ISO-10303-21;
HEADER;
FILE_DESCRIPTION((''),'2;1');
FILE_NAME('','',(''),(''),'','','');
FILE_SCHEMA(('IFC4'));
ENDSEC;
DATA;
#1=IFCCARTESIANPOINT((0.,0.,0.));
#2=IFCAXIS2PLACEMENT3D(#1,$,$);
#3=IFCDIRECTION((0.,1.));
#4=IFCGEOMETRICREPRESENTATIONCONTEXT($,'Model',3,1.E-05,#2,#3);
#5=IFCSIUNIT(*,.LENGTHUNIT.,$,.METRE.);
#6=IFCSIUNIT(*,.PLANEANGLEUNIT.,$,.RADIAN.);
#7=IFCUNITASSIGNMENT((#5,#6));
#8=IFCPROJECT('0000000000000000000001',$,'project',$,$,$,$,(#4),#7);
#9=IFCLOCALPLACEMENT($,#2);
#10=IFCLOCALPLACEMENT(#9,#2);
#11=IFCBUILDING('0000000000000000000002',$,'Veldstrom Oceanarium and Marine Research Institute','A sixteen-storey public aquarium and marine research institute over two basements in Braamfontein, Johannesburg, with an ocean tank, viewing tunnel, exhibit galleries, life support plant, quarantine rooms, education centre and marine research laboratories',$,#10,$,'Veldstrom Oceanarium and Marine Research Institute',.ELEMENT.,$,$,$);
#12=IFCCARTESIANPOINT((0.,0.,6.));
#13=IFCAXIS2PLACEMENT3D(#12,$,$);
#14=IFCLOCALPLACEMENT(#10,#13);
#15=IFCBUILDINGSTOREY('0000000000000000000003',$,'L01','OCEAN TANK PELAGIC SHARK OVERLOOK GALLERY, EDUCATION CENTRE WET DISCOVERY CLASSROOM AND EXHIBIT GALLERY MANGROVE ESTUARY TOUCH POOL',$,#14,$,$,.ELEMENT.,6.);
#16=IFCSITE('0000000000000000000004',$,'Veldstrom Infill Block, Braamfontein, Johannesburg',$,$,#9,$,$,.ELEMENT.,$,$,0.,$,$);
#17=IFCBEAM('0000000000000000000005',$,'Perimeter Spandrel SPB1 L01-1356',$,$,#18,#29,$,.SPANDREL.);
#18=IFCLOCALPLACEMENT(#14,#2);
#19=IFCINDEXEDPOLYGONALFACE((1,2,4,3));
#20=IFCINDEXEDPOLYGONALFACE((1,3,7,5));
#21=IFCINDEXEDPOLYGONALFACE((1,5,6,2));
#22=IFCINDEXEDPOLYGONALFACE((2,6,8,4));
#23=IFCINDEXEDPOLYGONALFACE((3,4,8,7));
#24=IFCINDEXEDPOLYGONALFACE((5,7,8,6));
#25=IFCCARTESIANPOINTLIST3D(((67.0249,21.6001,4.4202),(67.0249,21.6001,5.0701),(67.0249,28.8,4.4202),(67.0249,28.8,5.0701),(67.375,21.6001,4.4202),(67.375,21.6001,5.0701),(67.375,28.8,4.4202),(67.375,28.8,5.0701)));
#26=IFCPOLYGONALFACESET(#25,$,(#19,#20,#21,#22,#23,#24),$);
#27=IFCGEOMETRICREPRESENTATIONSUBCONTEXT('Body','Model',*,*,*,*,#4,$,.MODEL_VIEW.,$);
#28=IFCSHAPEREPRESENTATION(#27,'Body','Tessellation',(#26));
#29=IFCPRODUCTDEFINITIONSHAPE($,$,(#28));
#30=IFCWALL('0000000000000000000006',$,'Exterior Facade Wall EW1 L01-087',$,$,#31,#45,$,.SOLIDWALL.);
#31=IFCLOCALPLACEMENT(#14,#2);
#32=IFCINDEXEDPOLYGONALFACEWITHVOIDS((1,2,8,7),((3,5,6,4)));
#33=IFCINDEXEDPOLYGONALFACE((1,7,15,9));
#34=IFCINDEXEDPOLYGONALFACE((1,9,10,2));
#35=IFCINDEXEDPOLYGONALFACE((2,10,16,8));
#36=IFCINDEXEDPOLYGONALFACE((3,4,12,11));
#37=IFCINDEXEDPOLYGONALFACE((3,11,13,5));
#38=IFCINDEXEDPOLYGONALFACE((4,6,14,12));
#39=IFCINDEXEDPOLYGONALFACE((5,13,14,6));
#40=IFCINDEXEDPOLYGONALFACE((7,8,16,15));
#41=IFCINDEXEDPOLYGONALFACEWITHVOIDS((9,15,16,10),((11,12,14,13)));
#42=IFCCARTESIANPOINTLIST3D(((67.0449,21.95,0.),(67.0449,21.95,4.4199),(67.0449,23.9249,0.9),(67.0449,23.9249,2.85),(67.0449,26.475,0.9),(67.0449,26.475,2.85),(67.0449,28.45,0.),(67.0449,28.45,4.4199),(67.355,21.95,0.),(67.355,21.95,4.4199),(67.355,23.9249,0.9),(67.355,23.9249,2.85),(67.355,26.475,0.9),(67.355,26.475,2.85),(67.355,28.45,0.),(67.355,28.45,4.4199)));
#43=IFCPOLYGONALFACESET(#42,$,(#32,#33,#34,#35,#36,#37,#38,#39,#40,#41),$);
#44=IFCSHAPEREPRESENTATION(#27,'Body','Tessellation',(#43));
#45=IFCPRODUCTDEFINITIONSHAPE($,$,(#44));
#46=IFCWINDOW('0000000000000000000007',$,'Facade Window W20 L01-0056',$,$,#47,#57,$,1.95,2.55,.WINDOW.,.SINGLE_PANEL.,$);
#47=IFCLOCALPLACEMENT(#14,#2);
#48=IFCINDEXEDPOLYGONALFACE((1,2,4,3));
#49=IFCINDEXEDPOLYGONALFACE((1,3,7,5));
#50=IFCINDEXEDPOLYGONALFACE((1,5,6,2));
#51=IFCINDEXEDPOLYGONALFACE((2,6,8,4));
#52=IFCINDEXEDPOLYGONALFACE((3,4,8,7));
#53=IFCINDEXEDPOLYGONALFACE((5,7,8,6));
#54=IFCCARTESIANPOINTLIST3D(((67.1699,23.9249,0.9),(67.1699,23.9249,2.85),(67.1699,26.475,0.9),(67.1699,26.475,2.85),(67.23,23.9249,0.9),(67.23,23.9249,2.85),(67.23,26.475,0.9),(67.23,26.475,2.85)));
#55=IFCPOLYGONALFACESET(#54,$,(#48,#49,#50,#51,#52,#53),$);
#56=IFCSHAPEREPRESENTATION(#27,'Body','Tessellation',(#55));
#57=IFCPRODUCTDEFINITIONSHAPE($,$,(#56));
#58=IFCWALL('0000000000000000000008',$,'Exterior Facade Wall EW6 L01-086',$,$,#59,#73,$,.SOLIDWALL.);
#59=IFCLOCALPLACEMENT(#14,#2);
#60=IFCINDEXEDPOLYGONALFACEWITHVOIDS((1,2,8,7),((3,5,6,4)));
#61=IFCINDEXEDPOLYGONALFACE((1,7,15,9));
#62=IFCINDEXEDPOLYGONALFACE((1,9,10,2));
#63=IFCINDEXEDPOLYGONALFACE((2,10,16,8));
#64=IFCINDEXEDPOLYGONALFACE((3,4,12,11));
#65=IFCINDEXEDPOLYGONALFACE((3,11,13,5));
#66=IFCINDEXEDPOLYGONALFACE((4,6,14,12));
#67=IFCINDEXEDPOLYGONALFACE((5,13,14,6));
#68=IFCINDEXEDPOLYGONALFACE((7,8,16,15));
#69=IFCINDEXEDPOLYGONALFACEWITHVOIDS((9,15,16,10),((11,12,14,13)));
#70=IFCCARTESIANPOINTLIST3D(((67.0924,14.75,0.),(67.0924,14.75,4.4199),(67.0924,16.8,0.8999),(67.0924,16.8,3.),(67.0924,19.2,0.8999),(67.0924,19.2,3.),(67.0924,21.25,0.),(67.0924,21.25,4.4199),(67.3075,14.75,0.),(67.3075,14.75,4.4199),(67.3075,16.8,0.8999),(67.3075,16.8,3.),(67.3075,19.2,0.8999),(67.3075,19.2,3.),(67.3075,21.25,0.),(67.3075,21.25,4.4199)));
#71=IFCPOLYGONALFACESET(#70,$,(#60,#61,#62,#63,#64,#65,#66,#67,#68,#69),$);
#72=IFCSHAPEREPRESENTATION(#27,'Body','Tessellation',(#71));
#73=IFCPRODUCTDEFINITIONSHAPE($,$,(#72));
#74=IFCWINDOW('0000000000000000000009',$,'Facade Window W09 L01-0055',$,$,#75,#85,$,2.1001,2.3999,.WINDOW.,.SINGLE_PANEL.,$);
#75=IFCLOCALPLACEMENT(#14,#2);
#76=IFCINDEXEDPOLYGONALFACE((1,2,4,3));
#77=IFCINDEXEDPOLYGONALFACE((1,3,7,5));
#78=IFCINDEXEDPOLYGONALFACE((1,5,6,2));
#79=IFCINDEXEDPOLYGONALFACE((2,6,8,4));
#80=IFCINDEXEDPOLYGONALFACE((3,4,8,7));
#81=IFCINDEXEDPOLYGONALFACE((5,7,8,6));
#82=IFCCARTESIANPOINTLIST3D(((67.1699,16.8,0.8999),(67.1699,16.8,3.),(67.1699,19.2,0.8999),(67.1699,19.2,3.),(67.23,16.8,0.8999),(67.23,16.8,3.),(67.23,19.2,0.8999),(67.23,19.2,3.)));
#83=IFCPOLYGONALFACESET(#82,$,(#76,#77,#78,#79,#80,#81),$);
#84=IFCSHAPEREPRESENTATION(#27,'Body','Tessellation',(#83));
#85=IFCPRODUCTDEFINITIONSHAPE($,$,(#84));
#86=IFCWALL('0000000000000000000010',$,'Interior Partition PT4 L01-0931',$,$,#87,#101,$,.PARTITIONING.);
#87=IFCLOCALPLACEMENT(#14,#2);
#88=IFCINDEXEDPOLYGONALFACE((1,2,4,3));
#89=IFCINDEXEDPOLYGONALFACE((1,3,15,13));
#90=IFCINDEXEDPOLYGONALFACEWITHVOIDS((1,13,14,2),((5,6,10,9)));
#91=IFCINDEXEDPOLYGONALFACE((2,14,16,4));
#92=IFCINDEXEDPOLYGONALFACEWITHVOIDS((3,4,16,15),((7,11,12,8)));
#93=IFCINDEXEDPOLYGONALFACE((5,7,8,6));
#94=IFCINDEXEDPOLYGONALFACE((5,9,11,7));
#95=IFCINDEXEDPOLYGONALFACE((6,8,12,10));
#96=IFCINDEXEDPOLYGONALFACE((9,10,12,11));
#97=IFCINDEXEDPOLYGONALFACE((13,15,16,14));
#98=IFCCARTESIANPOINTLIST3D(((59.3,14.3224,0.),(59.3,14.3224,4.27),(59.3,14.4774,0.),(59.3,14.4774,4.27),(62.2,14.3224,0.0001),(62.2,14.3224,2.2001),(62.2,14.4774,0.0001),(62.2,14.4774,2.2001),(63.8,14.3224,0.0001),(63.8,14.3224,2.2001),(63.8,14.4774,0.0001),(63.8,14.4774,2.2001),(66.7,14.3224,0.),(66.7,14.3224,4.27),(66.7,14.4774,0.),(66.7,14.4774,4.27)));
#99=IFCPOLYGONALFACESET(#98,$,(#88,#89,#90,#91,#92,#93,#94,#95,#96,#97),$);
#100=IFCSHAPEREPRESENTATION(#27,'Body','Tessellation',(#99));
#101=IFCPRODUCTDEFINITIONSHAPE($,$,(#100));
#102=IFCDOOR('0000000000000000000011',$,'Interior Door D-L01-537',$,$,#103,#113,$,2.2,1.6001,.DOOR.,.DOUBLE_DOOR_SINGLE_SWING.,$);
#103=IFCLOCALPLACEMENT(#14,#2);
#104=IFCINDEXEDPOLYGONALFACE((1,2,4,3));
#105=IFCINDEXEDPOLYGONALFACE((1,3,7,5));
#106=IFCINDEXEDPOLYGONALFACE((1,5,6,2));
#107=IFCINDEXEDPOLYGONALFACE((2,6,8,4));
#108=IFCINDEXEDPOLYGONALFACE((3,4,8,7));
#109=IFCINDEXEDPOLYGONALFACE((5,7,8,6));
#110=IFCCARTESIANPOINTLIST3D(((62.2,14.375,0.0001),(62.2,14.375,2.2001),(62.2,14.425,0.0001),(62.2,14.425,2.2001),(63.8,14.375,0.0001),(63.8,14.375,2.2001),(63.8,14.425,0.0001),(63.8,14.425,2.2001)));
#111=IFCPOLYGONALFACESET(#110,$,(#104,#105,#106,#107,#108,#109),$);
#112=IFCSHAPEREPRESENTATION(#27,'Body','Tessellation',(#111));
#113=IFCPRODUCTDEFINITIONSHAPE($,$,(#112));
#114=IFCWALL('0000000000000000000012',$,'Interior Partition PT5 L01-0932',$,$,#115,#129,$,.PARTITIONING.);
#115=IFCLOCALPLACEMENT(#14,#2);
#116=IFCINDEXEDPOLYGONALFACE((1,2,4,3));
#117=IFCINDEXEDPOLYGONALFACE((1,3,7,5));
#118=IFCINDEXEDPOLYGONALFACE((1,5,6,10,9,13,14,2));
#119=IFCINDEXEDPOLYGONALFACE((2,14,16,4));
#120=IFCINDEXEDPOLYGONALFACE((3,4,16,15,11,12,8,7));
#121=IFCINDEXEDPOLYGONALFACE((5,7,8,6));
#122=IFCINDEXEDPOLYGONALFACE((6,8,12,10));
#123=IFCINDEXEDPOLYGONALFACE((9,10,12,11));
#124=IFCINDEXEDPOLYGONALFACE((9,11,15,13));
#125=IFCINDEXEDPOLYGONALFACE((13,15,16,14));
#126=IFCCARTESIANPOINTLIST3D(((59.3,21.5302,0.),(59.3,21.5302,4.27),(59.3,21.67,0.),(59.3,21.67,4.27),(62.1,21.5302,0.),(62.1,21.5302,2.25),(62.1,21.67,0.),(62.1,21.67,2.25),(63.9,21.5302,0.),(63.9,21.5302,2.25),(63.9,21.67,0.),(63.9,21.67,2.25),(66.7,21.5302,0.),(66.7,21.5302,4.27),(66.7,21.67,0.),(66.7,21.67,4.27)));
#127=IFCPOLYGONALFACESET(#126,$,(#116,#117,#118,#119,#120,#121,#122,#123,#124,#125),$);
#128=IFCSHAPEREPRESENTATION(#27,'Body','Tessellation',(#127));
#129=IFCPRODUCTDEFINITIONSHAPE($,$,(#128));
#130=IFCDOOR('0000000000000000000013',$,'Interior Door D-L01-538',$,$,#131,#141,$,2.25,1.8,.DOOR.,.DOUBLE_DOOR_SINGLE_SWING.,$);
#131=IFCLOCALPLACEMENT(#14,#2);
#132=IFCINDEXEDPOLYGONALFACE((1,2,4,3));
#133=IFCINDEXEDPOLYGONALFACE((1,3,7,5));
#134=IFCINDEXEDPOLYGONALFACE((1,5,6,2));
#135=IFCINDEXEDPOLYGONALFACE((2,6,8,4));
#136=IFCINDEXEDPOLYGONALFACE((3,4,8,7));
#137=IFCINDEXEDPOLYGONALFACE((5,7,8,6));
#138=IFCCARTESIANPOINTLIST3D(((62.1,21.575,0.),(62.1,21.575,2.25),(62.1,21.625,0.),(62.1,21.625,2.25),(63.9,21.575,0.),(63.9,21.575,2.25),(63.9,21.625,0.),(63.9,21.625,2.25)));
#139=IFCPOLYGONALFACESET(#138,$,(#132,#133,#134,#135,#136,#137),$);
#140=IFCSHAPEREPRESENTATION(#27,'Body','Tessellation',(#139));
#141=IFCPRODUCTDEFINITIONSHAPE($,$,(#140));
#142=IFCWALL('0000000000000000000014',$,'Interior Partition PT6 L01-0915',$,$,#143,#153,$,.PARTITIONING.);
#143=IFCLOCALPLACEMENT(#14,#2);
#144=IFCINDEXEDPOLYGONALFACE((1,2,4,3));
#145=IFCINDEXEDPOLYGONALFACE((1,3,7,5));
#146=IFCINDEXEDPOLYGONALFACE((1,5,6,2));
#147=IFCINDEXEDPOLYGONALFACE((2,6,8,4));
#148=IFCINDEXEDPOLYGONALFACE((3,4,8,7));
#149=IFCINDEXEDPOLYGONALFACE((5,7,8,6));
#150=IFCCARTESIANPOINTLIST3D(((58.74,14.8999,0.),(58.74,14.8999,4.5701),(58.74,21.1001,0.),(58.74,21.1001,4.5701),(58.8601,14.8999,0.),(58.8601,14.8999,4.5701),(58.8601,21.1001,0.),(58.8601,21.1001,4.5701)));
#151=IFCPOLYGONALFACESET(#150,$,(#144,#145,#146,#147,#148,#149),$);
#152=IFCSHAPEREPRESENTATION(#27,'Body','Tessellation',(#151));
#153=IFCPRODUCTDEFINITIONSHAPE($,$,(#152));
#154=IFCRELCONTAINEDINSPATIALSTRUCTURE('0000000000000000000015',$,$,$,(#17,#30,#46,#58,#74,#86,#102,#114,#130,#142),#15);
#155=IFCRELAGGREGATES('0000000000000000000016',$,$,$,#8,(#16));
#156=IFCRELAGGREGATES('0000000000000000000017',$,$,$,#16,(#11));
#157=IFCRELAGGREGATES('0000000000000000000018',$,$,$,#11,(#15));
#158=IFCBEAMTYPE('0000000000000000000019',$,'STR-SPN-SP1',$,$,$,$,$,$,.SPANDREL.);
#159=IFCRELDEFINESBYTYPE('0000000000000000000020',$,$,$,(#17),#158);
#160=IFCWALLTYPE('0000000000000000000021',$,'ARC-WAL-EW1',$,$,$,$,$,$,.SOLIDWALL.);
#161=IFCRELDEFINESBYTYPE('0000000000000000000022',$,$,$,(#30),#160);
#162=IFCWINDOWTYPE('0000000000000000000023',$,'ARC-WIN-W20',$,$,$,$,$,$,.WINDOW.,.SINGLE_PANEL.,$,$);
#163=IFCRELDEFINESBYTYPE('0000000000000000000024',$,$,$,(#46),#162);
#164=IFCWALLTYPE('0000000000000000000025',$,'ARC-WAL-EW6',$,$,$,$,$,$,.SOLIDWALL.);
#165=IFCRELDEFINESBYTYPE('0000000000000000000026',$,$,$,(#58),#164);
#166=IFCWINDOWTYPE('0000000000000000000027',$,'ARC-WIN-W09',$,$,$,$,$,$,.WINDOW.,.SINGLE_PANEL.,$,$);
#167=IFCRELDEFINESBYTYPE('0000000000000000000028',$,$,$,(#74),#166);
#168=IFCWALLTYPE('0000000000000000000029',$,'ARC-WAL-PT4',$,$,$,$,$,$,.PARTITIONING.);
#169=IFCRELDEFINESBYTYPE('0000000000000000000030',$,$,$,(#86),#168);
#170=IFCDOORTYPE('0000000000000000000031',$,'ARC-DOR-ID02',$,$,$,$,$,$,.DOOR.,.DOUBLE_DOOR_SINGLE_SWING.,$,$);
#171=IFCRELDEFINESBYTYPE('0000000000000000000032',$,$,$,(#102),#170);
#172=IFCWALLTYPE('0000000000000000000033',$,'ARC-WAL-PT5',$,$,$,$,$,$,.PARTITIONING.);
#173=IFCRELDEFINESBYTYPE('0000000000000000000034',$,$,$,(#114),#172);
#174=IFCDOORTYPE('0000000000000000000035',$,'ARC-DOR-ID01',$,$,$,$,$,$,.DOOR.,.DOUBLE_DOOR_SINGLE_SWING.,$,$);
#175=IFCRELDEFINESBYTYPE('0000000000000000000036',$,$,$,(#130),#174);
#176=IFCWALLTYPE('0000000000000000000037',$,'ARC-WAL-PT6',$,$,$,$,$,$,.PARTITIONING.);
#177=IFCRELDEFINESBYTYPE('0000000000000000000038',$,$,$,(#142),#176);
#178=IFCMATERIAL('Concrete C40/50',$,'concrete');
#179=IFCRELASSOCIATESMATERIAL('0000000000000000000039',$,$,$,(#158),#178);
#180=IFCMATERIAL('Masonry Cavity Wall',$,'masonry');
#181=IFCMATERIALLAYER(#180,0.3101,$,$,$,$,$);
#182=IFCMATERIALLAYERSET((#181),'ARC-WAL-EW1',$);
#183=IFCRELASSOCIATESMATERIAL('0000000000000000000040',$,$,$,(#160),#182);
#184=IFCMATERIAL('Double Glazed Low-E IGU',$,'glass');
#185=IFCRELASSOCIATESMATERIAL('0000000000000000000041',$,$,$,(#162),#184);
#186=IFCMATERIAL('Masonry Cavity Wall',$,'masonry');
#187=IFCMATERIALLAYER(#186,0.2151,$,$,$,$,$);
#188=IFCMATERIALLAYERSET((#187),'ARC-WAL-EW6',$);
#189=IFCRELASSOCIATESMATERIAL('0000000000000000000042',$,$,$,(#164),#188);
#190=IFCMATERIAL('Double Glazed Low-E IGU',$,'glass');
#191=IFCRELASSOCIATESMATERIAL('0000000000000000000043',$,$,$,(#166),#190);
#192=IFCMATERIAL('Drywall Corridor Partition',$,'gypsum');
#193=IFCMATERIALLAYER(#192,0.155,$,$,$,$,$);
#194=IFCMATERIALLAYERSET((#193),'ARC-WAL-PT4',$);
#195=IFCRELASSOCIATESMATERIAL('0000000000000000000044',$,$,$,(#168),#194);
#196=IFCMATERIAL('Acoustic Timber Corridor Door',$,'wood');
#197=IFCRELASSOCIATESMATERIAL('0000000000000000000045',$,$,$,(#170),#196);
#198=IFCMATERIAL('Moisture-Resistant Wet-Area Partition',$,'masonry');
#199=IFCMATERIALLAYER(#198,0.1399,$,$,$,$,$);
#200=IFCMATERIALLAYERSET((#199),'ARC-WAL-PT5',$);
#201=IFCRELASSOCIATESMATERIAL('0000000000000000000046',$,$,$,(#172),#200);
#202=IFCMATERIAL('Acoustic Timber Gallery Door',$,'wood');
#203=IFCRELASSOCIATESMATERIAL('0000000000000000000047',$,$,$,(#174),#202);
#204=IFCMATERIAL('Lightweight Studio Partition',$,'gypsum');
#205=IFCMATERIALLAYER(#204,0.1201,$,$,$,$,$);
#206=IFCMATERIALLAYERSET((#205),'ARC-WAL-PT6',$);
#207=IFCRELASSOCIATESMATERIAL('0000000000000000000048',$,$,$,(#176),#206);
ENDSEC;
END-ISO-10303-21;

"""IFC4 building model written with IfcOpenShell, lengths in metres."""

from ifc_helpers import new_model, si_unit, direction, frame, frame_2d, origin, origin_2d, place, context, subcontext, project, spatial, rectangle, extrude, material, layer, layer_set, material_profile, profile_set, type_object, element, fill, save


model = new_model("IFC4")

# Units and contexts
model_context = context("Model", 3, precision=1e-05, world=origin(), true_north=direction((0.0, 1.0)))
body_context = subcontext(model_context, "Body", "Model", "MODEL_VIEW")
ifc_project = project(units=[si_unit("LENGTHUNIT", "METRE"), si_unit("PLANEANGLEUNIT", "RADIAN")], contexts=[model_context])

# Site, building, storey
site_placement = place(None, origin())
site = spatial("IfcSite", under=ifc_project, at=site_placement, Name="Veldstrom Infill Block, Braamfontein, Johannesburg", CompositionType="ELEMENT", RefElevation=0.0)
building_placement = place(site_placement, origin())
building = spatial("IfcBuilding", under=site, at=building_placement, Name="Veldstrom Oceanarium and Marine Research Institute", Description="A sixteen-storey public aquarium and marine research institute over two basements in Braamfontein, Johannesburg, with an ocean tank, viewing tunnel, exhibit galleries, life support plant, quarantine rooms, education centre and marine research laboratories", LongName="Veldstrom Oceanarium and Marine Research Institute", CompositionType="ELEMENT")
storey_placement = place(building_placement, frame((0.0, 0.0, 6.0)))
storey = spatial("IfcBuildingStorey", under=building, at=storey_placement, Name="L01", Description="OCEAN TANK PELAGIC SHARK OVERLOOK GALLERY, EDUCATION CENTRE WET DISCOVERY CLASSROOM AND EXHIBIT GALLERY MANGROVE ESTUARY TOUCH POOL", CompositionType="ELEMENT", Elevation=6.0)

# Beam
ifc_material_1 = material(Name="Concrete C40/50", Category="concrete")
ifc_material_profile_1 = material_profile(ifc_material_1, rectangle(XDim=0.3501, YDim=0.6499, at=origin_2d()), Name="RC-SPN-350x650")
ifc_profile_set_1 = profile_set([ifc_material_profile_1], Name="Concrete C40/50")
beam_type_1 = type_object("IfcBeamType", Name="STR-SPN-SP1", PredefinedType="SPANDREL", material=ifc_profile_set_1)
beam_1_placement = place(storey_placement, frame((67.2, 21.6001, 4.7451), z_axis=(0.0, 1.0, 0.0), x_axis=(-1.0, 0.0, 0.0)))
element("IfcBeam", 1, at=beam_1_placement, inside=storey, type_object=beam_type_1, Name="Perimeter Spandrel SPB1 L01-1356", PredefinedType="SPANDREL", context=body_context, shape_type="SweptSolid", body=[
    extrude(rectangle(XDim=0.3501, YDim=0.6499, at=origin_2d()), origin(), (0.0, 0.0, 1.0), 7.2),
])

# Walls, openings, windows
ifc_material_2 = material(Name="Masonry Cavity Wall", Category="masonry")
ifc_layer_1 = layer(ifc_material_2, 0.3101)
ifc_layer_set_1 = layer_set([ifc_layer_1], Name="ARC-WAL-EW1")
wall_type_1 = type_object("IfcWallType", Name="ARC-WAL-EW1", PredefinedType="SOLIDWALL", material=ifc_layer_set_1)
wall_1_placement = place(storey_placement, frame((67.2, 21.95, 0.0), z_axis=(0.0, 0.0, 1.0), x_axis=(0.0, 1.0, 0.0)))
wall_1 = element("IfcWall", 2, at=wall_1_placement, inside=storey, type_object=wall_type_1, Name="Exterior Facade Wall EW1 L01-087", PredefinedType="SOLIDWALL", context=body_context, shape_type="SweptSolid", body=[
    extrude(rectangle(XDim=6.5, YDim=0.3101, at=frame_2d((3.25, 0.0))), origin(), (0.0, 0.0, 1.0), 4.4199),
])
opening_1_placement = place(wall_1_placement, frame((1.9751, 0.0, 0.8999)))
opening_1 = element("IfcOpeningElement", 3, at=opening_1_placement, cuts=wall_1, PredefinedType="OPENING", context=body_context, shape_type="SweptSolid", body=[
    extrude(rectangle(XDim=2.55, YDim=1.95, at=frame_2d((1.2749, 0.9751))), frame((0.0, 0.165, 0.0), z_axis=(0.0, -1.0, 0.0), x_axis=(1.0, 0.0, 0.0)), (0.0, 0.0, 1.0), 0.3301),
])
ifc_material_3 = material(Name="Double Glazed Low-E IGU", Category="glass")
window_type_1 = type_object("IfcWindowType", Name="ARC-WIN-W20", PartitioningType="SINGLE_PANEL", PredefinedType="WINDOW", material=ifc_material_3)
window_1_placement = place(opening_1_placement, origin())
window_1 = element("IfcWindow", 4, at=window_1_placement, inside=storey, type_object=window_type_1, Name="Facade Window W20 L01-0056", OverallHeight=1.95, OverallWidth=2.55, PartitioningType="SINGLE_PANEL", PredefinedType="WINDOW", context=body_context, shape_type="SweptSolid", body=[
    extrude(rectangle(XDim=2.55, YDim=1.95, at=frame_2d((1.2749, 0.9751))), frame((0.0, 0.03, 0.0), z_axis=(0.0, -1.0, 0.0), x_axis=(1.0, 0.0, 0.0)), (0.0, 0.0, 1.0), 0.0601),
])
fill(opening_1, window_1)
ifc_material_4 = material(Name="Masonry Cavity Wall", Category="masonry")
ifc_layer_2 = layer(ifc_material_4, 0.2151)
ifc_layer_set_2 = layer_set([ifc_layer_2], Name="ARC-WAL-EW6")
wall_type_2 = type_object("IfcWallType", Name="ARC-WAL-EW6", PredefinedType="SOLIDWALL", material=ifc_layer_set_2)
wall_2_placement = place(storey_placement, frame((67.2, 14.75, 0.0), z_axis=(0.0, 0.0, 1.0), x_axis=(0.0, 1.0, 0.0)))
wall_2 = element("IfcWall", 5, at=wall_2_placement, inside=storey, type_object=wall_type_2, Name="Exterior Facade Wall EW6 L01-086", PredefinedType="SOLIDWALL", context=body_context, shape_type="SweptSolid", body=[
    extrude(rectangle(XDim=6.5, YDim=0.2151, at=frame_2d((3.25, 0.0))), origin(), (0.0, 0.0, 1.0), 4.4199),
])
opening_2_placement = place(wall_2_placement, frame((2.05, 0.0, 0.8999)))
opening_2 = element("IfcOpeningElement", 6, at=opening_2_placement, cuts=wall_2, PredefinedType="OPENING", context=body_context, shape_type="SweptSolid", body=[
    extrude(rectangle(XDim=2.3999, YDim=2.1001, at=frame_2d((1.2, 1.05))), frame((0.0, 0.1174, 0.0), z_axis=(0.0, -1.0, 0.0), x_axis=(1.0, 0.0, 0.0)), (0.0, 0.0, 1.0), 0.2351),
])
ifc_material_5 = material(Name="Double Glazed Low-E IGU", Category="glass")
window_type_2 = type_object("IfcWindowType", Name="ARC-WIN-W09", PartitioningType="SINGLE_PANEL", PredefinedType="WINDOW", material=ifc_material_5)
window_2_placement = place(opening_2_placement, origin())
window_2 = element("IfcWindow", 7, at=window_2_placement, inside=storey, type_object=window_type_2, Name="Facade Window W09 L01-0055", OverallHeight=2.1001, OverallWidth=2.3999, PartitioningType="SINGLE_PANEL", PredefinedType="WINDOW", context=body_context, shape_type="SweptSolid", body=[
    extrude(rectangle(XDim=2.3999, YDim=2.1001, at=frame_2d((1.2, 1.05))), frame((0.0, 0.03, 0.0), z_axis=(0.0, -1.0, 0.0), x_axis=(1.0, 0.0, 0.0)), (0.0, 0.0, 1.0), 0.0601),
])
fill(opening_2, window_2)

# Walls, openings, doors
ifc_material_6 = material(Name="Drywall Corridor Partition", Category="gypsum")
ifc_layer_3 = layer(ifc_material_6, 0.155)
ifc_layer_set_3 = layer_set([ifc_layer_3], Name="ARC-WAL-PT4")
wall_type_3 = type_object("IfcWallType", Name="ARC-WAL-PT4", PredefinedType="PARTITIONING", material=ifc_layer_set_3)
wall_3_placement = place(storey_placement, frame((59.3, 14.3999, 0.0), z_axis=(0.0, 0.0, 1.0), x_axis=(1.0, 0.0, 0.0)))
wall_3 = element("IfcWall", 8, at=wall_3_placement, inside=storey, type_object=wall_type_3, Name="Interior Partition PT4 L01-0931", PredefinedType="PARTITIONING", context=body_context, shape_type="SweptSolid", body=[
    extrude(rectangle(XDim=7.3999, YDim=0.155, at=frame_2d((3.7, 0.0))), origin(), (0.0, 0.0, 1.0), 4.27),
])
opening_3_placement = place(wall_3_placement, frame((2.8999, 0.0, 0.0)))
opening_3 = element("IfcOpeningElement", 9, at=opening_3_placement, cuts=wall_3, PredefinedType="OPENING", context=body_context, shape_type="SweptSolid", body=[
    extrude(rectangle(XDim=1.6001, YDim=2.2, at=frame_2d((0.8, 1.1001))), frame((0.0, 0.0874, 0.0), z_axis=(0.0, -1.0, 0.0), x_axis=(1.0, 0.0, 0.0)), (0.0, 0.0, 1.0), 0.175),
])
ifc_material_7 = material(Name="Acoustic Timber Corridor Door", Category="wood")
door_type_1 = type_object("IfcDoorType", Name="ARC-DOR-ID02", OperationType="DOUBLE_DOOR_SINGLE_SWING", PredefinedType="DOOR", material=ifc_material_7)
door_1_placement = place(opening_3_placement, frame((1.6001, 0.0, 0.0), z_axis=(0.0, 0.0, 1.0), x_axis=(-1.0, 0.0, 0.0)))
door_1 = element("IfcDoor", 10, at=door_1_placement, inside=storey, type_object=door_type_1, Name="Interior Door D-L01-537", OperationType="DOUBLE_DOOR_SINGLE_SWING", OverallHeight=2.2, OverallWidth=1.6001, PredefinedType="DOOR", context=body_context, shape_type="SweptSolid", body=[
    extrude(rectangle(XDim=1.6001, YDim=2.2, at=frame_2d((0.8, 1.1001))), frame((0.0, 0.0249, 0.0), z_axis=(0.0, -1.0, 0.0), x_axis=(1.0, 0.0, 0.0)), (0.0, 0.0, 1.0), 0.05),
])
fill(opening_3, door_1)
ifc_material_8 = material(Name="Moisture-Resistant Wet-Area Partition", Category="masonry")
ifc_layer_4 = layer(ifc_material_8, 0.1399)
ifc_layer_set_4 = layer_set([ifc_layer_4], Name="ARC-WAL-PT5")
wall_type_4 = type_object("IfcWallType", Name="ARC-WAL-PT5", PredefinedType="PARTITIONING", material=ifc_layer_set_4)
wall_4_placement = place(storey_placement, frame((59.3, 21.6001, 0.0), z_axis=(0.0, 0.0, 1.0), x_axis=(1.0, 0.0, 0.0)))
wall_4 = element("IfcWall", 11, at=wall_4_placement, inside=storey, type_object=wall_type_4, Name="Interior Partition PT5 L01-0932", PredefinedType="PARTITIONING", context=body_context, shape_type="SweptSolid", body=[
    extrude(rectangle(XDim=7.3999, YDim=0.1399, at=frame_2d((3.7, 0.0))), origin(), (0.0, 0.0, 1.0), 4.27),
])
opening_4_placement = place(wall_4_placement, frame((2.8, 0.0, 0.0)))
opening_4 = element("IfcOpeningElement", 12, at=opening_4_placement, cuts=wall_4, PredefinedType="OPENING", context=body_context, shape_type="SweptSolid", body=[
    extrude(rectangle(XDim=1.8, YDim=2.25, at=frame_2d((0.8999, 1.125))), frame((0.0, 0.0798, 0.0), z_axis=(0.0, -1.0, 0.0), x_axis=(1.0, 0.0, 0.0)), (0.0, 0.0, 1.0), 0.1599),
])
ifc_material_9 = material(Name="Acoustic Timber Gallery Door", Category="wood")
door_type_2 = type_object("IfcDoorType", Name="ARC-DOR-ID01", OperationType="DOUBLE_DOOR_SINGLE_SWING", PredefinedType="DOOR", material=ifc_material_9)
door_2_placement = place(opening_4_placement, origin())
door_2 = element("IfcDoor", 13, at=door_2_placement, inside=storey, type_object=door_type_2, Name="Interior Door D-L01-538", OperationType="DOUBLE_DOOR_SINGLE_SWING", OverallHeight=2.25, OverallWidth=1.8, PredefinedType="DOOR", context=body_context, shape_type="SweptSolid", body=[
    extrude(rectangle(XDim=1.8, YDim=2.25, at=frame_2d((0.8999, 1.125))), frame((0.0, 0.0249, 0.0), z_axis=(0.0, -1.0, 0.0), x_axis=(1.0, 0.0, 0.0)), (0.0, 0.0, 1.0), 0.05),
])
fill(opening_4, door_2)

# Wall
ifc_material_10 = material(Name="Lightweight Studio Partition", Category="gypsum")
ifc_layer_5 = layer(ifc_material_10, 0.1201)
ifc_layer_set_5 = layer_set([ifc_layer_5], Name="ARC-WAL-PT6")
wall_type_5 = type_object("IfcWallType", Name="ARC-WAL-PT6", PredefinedType="PARTITIONING", material=ifc_layer_set_5)
wall_5_placement = place(storey_placement, frame((58.8, 14.8999, 0.0), z_axis=(0.0, 0.0, 1.0), x_axis=(0.0, 1.0, 0.0)))
element("IfcWall", 14, at=wall_5_placement, inside=storey, type_object=wall_type_5, Name="Interior Partition PT6 L01-0915", PredefinedType="PARTITIONING", context=body_context, shape_type="SweptSolid", body=[
    extrude(rectangle(XDim=6.2002, YDim=0.1201, at=frame_2d((3.1001, 0.0))), origin(), (0.0, 0.0, 1.0), 4.5701),
])

save(model, "model.ifc")
